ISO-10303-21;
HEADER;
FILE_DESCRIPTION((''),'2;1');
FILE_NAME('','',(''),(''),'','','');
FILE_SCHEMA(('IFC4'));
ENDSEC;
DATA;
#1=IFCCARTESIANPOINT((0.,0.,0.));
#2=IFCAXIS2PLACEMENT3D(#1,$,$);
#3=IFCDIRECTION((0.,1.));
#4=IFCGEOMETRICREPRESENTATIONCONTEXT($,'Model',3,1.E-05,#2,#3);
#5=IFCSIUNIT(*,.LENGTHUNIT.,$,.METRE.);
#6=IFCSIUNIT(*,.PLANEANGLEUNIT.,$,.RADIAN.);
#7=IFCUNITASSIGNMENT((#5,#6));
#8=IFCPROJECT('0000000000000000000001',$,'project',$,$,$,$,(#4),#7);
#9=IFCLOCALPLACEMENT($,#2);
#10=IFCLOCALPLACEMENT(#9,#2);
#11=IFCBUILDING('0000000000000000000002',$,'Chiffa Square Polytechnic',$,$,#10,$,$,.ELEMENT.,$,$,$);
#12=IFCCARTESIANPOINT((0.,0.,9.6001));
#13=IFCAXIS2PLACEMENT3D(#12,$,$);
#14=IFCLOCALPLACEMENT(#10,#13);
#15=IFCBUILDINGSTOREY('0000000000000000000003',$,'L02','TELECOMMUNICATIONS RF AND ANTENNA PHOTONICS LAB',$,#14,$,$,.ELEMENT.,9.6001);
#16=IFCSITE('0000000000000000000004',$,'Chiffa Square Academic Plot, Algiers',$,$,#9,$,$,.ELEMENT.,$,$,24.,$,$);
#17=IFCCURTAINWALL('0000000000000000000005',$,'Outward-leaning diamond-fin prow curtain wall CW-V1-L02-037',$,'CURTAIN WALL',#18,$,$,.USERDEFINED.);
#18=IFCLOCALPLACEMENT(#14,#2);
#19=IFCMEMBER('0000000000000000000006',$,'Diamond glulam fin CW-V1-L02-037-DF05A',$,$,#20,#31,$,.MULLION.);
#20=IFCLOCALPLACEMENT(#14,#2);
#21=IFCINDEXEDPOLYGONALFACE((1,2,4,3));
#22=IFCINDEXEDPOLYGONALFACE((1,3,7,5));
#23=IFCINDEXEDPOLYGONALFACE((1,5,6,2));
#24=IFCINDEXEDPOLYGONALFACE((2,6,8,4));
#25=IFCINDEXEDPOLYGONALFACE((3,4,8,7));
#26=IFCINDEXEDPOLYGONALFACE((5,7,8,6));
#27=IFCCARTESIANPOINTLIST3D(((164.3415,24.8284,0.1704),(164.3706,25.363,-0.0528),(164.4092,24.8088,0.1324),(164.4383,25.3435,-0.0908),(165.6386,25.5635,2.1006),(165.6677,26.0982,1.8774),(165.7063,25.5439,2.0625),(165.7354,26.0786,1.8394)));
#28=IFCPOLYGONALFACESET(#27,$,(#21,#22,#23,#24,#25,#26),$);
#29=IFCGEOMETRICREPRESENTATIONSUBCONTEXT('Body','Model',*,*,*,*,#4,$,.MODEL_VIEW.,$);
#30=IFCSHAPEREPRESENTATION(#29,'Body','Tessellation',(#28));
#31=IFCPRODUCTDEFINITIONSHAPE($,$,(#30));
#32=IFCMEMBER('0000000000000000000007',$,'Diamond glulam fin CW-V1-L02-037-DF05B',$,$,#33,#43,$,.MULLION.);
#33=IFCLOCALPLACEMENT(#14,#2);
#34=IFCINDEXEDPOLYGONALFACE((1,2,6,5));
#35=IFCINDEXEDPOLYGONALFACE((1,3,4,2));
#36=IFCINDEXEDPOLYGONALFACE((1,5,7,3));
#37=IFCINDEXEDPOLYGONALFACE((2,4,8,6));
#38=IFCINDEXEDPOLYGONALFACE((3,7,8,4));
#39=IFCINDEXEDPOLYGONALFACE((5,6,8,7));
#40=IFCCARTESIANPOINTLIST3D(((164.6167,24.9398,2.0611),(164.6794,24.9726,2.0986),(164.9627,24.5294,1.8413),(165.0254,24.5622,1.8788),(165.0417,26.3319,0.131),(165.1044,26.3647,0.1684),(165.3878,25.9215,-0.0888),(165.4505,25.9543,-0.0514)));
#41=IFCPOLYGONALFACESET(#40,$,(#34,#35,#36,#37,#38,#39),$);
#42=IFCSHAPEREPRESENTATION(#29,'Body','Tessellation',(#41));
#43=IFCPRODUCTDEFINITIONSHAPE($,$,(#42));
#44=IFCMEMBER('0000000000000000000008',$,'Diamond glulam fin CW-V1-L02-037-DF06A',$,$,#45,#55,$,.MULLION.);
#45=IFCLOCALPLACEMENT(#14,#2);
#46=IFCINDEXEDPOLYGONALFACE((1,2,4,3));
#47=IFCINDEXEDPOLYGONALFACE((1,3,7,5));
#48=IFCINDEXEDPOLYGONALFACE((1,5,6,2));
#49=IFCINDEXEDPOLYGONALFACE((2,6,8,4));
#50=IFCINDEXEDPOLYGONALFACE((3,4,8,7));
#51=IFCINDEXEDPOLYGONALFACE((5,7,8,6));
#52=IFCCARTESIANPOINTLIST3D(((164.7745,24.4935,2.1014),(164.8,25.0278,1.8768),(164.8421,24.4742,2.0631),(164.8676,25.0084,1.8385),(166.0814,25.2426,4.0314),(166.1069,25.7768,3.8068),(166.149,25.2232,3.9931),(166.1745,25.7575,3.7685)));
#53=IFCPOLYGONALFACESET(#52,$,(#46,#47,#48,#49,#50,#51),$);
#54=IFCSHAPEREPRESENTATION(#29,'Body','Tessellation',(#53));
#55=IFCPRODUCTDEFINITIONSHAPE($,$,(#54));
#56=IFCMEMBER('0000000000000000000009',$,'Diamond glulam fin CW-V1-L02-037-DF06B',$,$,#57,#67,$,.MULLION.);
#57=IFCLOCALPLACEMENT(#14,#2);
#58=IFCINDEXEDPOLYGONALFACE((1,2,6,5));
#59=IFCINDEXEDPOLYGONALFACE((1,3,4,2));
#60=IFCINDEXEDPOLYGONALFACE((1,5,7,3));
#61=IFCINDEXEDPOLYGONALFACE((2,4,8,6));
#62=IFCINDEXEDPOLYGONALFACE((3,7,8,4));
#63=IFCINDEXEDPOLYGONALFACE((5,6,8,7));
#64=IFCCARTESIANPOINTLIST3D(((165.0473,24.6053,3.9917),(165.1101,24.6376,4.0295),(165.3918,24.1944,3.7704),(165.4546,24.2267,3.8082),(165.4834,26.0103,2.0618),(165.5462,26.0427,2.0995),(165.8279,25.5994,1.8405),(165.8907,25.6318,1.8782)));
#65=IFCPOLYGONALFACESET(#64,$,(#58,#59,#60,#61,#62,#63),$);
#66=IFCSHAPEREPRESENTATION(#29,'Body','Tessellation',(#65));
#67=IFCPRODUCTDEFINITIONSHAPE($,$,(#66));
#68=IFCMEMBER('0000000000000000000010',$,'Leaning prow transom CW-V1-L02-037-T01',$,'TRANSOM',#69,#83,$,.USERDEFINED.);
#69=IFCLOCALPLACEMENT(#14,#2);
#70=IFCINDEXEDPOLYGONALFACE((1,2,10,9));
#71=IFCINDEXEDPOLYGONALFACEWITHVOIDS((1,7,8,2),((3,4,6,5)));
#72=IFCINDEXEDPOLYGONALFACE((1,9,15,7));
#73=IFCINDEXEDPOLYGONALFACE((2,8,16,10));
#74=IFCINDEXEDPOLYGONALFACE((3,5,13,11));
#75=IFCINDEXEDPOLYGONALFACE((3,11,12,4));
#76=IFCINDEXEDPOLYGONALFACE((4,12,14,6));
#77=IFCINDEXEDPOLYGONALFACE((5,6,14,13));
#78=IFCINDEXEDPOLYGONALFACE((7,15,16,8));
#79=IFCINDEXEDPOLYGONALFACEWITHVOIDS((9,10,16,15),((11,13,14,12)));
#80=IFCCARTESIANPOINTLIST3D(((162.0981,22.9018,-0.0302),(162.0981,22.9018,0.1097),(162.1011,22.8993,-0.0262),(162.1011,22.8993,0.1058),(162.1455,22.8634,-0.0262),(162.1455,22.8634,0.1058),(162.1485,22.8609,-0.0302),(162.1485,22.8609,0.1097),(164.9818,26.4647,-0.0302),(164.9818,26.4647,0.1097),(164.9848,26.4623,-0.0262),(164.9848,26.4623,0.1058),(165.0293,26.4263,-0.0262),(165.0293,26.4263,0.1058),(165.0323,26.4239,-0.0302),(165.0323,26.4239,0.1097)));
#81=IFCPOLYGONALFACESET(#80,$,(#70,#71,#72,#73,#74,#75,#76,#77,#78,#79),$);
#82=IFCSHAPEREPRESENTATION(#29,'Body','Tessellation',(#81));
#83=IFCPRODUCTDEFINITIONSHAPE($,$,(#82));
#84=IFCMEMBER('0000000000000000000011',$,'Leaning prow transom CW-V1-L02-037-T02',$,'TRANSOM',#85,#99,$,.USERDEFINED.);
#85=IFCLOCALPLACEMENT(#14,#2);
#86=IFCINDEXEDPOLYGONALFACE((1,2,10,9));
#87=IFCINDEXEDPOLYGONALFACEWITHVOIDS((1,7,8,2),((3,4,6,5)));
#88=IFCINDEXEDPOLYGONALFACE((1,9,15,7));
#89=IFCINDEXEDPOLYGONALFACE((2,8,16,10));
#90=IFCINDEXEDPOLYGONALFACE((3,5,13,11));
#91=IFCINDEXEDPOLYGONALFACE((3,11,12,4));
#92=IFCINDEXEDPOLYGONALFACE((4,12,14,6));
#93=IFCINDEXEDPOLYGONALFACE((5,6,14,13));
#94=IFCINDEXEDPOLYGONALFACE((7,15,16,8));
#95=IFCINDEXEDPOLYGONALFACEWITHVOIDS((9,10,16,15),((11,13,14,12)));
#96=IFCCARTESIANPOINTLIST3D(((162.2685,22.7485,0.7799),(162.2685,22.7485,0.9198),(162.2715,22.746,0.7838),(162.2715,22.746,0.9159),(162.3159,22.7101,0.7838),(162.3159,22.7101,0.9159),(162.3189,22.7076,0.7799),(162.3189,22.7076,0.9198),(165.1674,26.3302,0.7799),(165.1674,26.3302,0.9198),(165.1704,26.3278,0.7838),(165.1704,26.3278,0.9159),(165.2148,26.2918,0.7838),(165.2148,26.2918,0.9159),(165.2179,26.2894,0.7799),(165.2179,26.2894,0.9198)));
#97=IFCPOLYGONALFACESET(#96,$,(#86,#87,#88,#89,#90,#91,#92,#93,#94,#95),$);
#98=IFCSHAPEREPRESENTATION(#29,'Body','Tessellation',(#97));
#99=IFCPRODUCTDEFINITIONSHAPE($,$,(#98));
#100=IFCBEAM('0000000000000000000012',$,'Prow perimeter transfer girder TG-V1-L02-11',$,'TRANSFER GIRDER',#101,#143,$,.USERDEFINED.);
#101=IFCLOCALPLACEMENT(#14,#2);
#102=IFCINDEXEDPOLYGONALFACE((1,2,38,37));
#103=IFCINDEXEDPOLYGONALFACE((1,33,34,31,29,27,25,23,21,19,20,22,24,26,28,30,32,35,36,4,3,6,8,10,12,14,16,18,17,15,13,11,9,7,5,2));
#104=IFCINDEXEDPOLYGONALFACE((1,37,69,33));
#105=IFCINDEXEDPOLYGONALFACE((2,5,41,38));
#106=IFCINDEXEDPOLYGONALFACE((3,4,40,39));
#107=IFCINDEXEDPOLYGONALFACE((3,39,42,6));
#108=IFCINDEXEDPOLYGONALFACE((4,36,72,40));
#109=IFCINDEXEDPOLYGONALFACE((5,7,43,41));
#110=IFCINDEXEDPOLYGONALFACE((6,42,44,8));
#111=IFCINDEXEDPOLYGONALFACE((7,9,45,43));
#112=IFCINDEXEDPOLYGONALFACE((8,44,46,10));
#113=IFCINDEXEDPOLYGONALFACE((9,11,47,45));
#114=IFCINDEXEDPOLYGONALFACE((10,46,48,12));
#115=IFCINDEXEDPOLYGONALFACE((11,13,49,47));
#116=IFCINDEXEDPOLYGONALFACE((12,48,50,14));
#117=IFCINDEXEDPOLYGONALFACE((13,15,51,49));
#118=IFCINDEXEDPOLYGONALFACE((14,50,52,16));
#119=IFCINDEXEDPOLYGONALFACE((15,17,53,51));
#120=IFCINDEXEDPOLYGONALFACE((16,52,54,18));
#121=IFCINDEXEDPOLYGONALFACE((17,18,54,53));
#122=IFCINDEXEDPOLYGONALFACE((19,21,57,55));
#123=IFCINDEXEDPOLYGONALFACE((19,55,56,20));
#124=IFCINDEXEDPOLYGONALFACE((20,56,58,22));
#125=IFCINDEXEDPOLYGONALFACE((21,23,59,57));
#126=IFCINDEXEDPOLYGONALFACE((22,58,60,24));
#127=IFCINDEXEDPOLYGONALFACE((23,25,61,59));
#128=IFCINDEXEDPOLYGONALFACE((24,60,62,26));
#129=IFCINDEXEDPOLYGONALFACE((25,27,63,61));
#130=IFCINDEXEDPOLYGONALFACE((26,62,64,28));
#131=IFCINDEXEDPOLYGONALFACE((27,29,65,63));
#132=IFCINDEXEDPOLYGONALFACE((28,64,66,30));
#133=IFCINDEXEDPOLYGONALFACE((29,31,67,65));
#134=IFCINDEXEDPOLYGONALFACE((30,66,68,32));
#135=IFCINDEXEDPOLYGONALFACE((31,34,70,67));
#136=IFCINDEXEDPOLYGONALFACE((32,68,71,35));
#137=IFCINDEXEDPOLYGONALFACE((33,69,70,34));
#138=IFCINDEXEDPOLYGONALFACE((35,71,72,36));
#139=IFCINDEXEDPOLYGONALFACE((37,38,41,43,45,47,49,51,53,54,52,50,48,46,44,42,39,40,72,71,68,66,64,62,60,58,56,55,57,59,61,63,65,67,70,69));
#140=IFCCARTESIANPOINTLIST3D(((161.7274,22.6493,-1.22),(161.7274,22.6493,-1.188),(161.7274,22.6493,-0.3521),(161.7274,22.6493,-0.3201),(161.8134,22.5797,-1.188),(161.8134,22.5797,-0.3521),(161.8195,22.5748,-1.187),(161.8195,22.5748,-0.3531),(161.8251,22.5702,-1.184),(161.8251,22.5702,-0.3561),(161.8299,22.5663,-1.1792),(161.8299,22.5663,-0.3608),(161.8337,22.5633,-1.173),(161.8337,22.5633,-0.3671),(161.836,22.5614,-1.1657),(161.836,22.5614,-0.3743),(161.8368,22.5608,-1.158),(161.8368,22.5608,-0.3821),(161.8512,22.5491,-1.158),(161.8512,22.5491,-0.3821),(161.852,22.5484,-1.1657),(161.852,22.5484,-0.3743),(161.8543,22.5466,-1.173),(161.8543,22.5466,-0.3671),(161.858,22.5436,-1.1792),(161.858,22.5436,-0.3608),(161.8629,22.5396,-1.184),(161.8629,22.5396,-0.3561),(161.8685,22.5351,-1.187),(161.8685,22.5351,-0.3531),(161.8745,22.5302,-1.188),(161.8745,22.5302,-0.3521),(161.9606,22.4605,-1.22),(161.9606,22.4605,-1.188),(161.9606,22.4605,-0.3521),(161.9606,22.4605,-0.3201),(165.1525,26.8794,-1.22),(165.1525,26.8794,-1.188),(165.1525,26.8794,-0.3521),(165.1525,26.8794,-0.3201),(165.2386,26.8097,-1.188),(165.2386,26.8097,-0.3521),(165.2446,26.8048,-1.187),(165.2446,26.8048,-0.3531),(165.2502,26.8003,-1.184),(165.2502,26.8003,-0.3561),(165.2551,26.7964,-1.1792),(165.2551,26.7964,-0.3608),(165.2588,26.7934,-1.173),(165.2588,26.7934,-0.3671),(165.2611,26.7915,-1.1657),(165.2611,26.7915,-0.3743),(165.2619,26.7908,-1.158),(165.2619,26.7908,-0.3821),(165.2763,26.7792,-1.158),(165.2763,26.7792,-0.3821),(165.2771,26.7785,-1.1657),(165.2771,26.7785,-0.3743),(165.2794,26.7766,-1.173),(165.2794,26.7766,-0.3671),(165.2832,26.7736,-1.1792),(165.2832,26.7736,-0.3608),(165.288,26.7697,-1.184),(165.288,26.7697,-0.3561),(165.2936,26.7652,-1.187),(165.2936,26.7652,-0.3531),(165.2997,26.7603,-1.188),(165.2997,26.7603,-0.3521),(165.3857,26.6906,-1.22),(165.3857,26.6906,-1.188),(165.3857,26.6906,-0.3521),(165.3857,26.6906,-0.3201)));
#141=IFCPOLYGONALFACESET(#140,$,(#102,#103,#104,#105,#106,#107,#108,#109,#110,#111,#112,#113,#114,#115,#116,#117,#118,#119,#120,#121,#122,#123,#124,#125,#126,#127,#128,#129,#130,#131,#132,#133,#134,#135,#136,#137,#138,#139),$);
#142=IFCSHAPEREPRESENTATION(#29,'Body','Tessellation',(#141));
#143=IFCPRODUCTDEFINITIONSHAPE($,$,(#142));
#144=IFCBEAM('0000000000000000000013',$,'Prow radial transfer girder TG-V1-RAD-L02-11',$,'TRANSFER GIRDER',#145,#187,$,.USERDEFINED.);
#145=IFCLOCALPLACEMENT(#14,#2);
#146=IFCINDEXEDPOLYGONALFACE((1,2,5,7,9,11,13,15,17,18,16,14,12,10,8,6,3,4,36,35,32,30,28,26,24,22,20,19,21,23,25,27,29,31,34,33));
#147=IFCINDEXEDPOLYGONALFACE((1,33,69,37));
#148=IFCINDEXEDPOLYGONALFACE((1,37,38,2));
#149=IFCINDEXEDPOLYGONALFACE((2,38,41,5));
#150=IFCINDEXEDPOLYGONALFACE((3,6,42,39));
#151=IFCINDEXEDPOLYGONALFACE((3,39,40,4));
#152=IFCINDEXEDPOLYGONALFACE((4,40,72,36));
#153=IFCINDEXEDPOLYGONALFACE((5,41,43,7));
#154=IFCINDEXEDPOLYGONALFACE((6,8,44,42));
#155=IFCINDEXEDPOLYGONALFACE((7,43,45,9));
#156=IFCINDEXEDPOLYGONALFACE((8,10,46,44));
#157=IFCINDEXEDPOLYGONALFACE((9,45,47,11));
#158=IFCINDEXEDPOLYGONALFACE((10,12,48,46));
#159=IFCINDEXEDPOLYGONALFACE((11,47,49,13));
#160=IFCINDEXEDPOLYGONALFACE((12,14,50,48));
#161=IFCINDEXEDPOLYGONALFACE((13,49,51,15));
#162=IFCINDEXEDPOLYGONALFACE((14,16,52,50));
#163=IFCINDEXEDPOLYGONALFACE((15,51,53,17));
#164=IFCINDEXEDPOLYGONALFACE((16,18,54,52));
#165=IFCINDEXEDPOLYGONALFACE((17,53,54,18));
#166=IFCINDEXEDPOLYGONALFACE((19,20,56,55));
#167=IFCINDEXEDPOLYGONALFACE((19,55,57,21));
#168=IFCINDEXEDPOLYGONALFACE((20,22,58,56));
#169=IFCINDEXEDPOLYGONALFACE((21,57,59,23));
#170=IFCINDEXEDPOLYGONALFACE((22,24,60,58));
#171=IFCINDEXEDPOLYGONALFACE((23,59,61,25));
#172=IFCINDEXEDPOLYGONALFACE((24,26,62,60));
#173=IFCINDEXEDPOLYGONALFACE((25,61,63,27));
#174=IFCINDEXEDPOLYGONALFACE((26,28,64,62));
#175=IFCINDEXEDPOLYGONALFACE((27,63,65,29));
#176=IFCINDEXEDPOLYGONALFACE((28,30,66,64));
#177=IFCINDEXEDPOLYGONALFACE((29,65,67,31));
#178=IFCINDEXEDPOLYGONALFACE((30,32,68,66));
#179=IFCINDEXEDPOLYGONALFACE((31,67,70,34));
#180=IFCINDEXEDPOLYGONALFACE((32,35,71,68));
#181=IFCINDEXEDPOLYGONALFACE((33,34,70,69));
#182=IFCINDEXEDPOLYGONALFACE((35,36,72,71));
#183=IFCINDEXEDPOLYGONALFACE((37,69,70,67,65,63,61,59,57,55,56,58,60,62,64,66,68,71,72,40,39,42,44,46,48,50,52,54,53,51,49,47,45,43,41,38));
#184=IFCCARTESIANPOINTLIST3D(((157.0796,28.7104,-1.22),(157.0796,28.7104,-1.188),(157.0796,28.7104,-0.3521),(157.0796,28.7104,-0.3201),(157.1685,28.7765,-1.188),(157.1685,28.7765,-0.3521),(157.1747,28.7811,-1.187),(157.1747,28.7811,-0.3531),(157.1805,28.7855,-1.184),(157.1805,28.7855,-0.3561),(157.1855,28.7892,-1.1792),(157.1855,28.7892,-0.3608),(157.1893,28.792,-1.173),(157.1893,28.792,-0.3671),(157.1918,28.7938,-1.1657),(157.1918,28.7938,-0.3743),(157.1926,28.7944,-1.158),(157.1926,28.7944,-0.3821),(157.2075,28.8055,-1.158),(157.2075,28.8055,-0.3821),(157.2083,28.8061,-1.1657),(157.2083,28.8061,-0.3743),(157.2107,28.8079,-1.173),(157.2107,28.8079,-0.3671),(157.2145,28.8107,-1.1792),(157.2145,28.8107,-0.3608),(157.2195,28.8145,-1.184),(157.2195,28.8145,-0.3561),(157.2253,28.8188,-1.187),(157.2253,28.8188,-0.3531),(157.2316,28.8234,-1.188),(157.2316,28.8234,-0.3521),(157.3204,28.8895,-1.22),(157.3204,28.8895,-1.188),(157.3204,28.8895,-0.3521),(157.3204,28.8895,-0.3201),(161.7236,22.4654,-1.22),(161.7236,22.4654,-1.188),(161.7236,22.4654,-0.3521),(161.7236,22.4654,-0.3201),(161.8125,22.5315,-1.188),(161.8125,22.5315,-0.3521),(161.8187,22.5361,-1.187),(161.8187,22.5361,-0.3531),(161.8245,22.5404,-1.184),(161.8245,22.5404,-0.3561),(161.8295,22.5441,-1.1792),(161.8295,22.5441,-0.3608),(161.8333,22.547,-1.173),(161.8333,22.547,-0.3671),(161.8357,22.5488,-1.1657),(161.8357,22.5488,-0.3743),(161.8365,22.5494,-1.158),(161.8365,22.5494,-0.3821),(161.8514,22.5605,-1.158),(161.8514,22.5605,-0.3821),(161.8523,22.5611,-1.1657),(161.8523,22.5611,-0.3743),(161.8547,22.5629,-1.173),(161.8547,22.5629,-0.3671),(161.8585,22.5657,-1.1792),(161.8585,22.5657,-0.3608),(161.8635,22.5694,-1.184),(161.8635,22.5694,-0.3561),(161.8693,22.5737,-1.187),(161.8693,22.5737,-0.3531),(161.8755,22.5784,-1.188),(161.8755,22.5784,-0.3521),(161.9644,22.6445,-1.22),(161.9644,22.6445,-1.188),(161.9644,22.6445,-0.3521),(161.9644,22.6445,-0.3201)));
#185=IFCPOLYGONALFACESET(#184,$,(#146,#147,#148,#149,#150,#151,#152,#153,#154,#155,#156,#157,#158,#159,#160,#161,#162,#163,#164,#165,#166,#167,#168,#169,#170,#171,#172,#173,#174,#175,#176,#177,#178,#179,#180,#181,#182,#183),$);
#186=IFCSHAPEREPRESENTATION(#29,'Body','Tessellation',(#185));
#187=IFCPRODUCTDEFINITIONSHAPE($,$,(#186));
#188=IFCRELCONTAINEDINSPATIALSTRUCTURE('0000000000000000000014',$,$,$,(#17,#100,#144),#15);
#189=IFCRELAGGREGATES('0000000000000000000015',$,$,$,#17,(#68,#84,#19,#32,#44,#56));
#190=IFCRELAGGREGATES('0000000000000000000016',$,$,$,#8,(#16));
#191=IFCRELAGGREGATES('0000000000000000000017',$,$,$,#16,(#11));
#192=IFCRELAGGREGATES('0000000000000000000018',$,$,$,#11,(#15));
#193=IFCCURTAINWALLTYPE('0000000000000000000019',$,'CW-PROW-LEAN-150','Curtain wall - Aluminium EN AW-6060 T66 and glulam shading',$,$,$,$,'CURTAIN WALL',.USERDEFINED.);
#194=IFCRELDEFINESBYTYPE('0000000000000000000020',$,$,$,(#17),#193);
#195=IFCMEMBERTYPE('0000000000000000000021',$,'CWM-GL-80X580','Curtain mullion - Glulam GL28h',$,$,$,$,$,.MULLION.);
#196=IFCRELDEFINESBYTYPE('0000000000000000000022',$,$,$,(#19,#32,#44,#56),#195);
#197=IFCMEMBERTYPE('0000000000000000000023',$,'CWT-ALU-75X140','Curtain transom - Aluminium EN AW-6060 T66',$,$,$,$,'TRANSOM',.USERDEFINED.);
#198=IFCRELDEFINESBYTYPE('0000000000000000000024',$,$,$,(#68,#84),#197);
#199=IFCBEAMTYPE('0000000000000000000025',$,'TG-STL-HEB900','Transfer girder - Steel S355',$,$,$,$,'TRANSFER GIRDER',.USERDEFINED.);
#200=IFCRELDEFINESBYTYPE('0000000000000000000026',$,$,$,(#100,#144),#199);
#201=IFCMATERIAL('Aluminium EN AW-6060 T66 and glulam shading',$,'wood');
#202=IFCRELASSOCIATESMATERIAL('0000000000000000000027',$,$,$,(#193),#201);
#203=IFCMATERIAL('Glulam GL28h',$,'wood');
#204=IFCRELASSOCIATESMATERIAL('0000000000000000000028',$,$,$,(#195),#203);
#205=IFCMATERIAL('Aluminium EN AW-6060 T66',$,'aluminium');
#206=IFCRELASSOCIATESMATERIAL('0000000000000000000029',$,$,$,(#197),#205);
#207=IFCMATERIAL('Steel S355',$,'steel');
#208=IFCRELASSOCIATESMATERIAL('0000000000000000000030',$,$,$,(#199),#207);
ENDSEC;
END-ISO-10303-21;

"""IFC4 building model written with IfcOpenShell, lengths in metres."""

from ifc_helpers import new_model, si_unit, direction, frame, origin, origin_2d, place, context, subcontext, project, spatial, rectangle, hollow_rectangle, i_section, extrude, material, material_profile, profile_set, type_object, element, aggregate, save


model = new_model("IFC4")

# Units and contexts
model_context = context("Model", 3, precision=1e-05, world=origin(), true_north=direction((0.0, 1.0)))
body_context = subcontext(model_context, "Body", "Model", "MODEL_VIEW")
ifc_project = project(units=[si_unit("LENGTHUNIT", "METRE"), si_unit("PLANEANGLEUNIT", "RADIAN")], contexts=[model_context])

# Site, building, storey
site_placement = place(None, origin())
site = spatial("IfcSite", under=ifc_project, at=site_placement, Name="Chiffa Square Academic Plot, Algiers", CompositionType="ELEMENT", RefElevation=24.0)
building_placement = place(site_placement, origin())
building = spatial("IfcBuilding", under=site, at=building_placement, Name="Chiffa Square Polytechnic", CompositionType="ELEMENT")
storey_placement = place(building_placement, frame((0.0, 0.0, 9.6001)))
storey = spatial("IfcBuildingStorey", under=building, at=storey_placement, Name="L02", Description="TELECOMMUNICATIONS RF AND ANTENNA PHOTONICS LAB", CompositionType="ELEMENT", Elevation=9.6001)

# Shared definitions
ifc_material_1 = material(Name="Aluminium EN AW-6060 T66 and glulam shading", Category="wood")
ifc_material_2 = material(Name="Aluminium EN AW-6060 T66", Category="aluminium")

# Curtain wall, members
curtain_wall_type_1 = type_object("IfcCurtainWallType", Name="CW-PROW-LEAN-150", Description="Curtain wall - Aluminium EN AW-6060 T66 and glulam shading", ElementType="CURTAIN WALL", PredefinedType="USERDEFINED", material=ifc_material_1)
curtain_wall_1_placement = place(storey_placement, origin())
curtain_wall_1 = element("IfcCurtainWall", 1, at=curtain_wall_1_placement, inside=storey, type_object=curtain_wall_type_1, Name="Outward-leaning diamond-fin prow curtain wall CW-V1-L02-037", ObjectType="CURTAIN WALL", PredefinedType="USERDEFINED")
ifc_material_3 = material(Name="Glulam GL28h", Category="wood")
ifc_material_profile_1 = material_profile(ifc_material_3, rectangle(XDim=0.0801, YDim=0.5801, at=origin_2d()), Name="GL28h 80x580")
ifc_profile_set_1 = profile_set([ifc_material_profile_1], Name="Glulam GL28h")
member_type_1 = type_object("IfcMemberType", Name="CWM-GL-80X580", Description="Curtain mullion - Glulam GL28h", PredefinedType="MULLION", material=ifc_profile_set_1)
member_1_placement = place(storey_placement, frame((164.3899, 25.0859, 0.0398), z_axis=(0.531835, 0.301403, 0.791396), x_axis=(-0.845363, 0.244269, 0.475072)))
member_1 = element("IfcMember", 2, at=member_1_placement, type_object=member_type_1, Name="Diamond glulam fin CW-V1-L02-037-DF05A", PredefinedType="MULLION", context=body_context, shape_type="SweptSolid", body=[
    extrude(rectangle(XDim=0.0801, YDim=0.5801, at=origin_2d()), origin(), (0.0, 0.0, 1.0), 2.439),
])
member_2_placement = place(storey_placement, frame((165.2461, 26.1431, 0.0398), z_axis=(-0.175824, -0.575846, 0.798428), x_axis=(0.783088, 0.409673, 0.467912)))
member_2 = element("IfcMember", 3, at=member_2_placement, type_object=member_type_1, Name="Diamond glulam fin CW-V1-L02-037-DF05B", PredefinedType="MULLION", context=body_context, shape_type="SweptSolid", body=[
    extrude(rectangle(XDim=0.0801, YDim=0.5801, at=origin_2d()), origin(), (0.0, 0.0, 1.0), 2.4175),
])
member_3_placement = place(storey_placement, frame((164.821, 24.751, 1.97), z_axis=(0.533817, 0.30595, 0.788311), x_axis=(-0.844455, 0.241366, 0.478161)))
member_3 = element("IfcMember", 4, at=member_3_placement, type_object=member_type_1, Name="Diamond glulam fin CW-V1-L02-037-DF06A", PredefinedType="MULLION", context=body_context, shape_type="SweptSolid", body=[
    extrude(rectangle(XDim=0.0801, YDim=0.5801, at=origin_2d()), origin(), (0.0, 0.0, 1.0), 2.4482),
])
member_4_placement = place(storey_placement, frame((165.687, 25.821, 1.97), z_axis=(-0.179682, -0.578988, 0.795291), x_axis=(0.784231, 0.403758, 0.471128)))
member_4 = element("IfcMember", 5, at=member_4_placement, type_object=member_type_1, Name="Diamond glulam fin CW-V1-L02-037-DF06B", PredefinedType="MULLION", context=body_context, shape_type="SweptSolid", body=[
    extrude(rectangle(XDim=0.0801, YDim=0.5801, at=origin_2d()), origin(), (0.0, 0.0, 1.0), 2.4268),
])
ifc_material_profile_2 = material_profile(ifc_material_2, hollow_rectangle(XDim=0.0649, YDim=0.1399, WallThickness=0.0039, at=origin_2d()), Name="ALU 65x140x4")
ifc_profile_set_2 = profile_set([ifc_material_profile_2], Name="Aluminium EN AW-6060 T66")
member_type_2 = type_object("IfcMemberType", Name="CWT-ALU-75X140", Description="Curtain transom - Aluminium EN AW-6060 T66", ElementType="TRANSOM", PredefinedType="USERDEFINED", material=ifc_profile_set_2)
member_5_placement = place(storey_placement, frame((162.1233, 22.8813, 0.0398), z_axis=(0.629128, 0.777302, 0.0), x_axis=(-0.777302, 0.629128, 0.0)))
member_5 = element("IfcMember", 6, at=member_5_placement, type_object=member_type_2, Name="Leaning prow transom CW-V1-L02-037-T01", ObjectType="TRANSOM", PredefinedType="USERDEFINED", context=body_context, shape_type="SweptSolid", body=[
    extrude(hollow_rectangle(XDim=0.0649, YDim=0.1399, WallThickness=0.0039, at=origin_2d()), origin(), (0.0, 0.0, 1.0), 4.5837),
])
member_6_placement = place(storey_placement, frame((162.2937, 22.728, 0.8499), z_axis=(0.629117, 0.77731, 0.0), x_axis=(-0.77731, 0.629117, 0.0)))
member_6 = element("IfcMember", 7, at=member_6_placement, type_object=member_type_2, Name="Leaning prow transom CW-V1-L02-037-T02", ObjectType="TRANSOM", PredefinedType="USERDEFINED", context=body_context, shape_type="SweptSolid", body=[
    extrude(hollow_rectangle(XDim=0.0649, YDim=0.1399, WallThickness=0.0039, at=origin_2d()), origin(), (0.0, 0.0, 1.0), 4.6079),
])

# Beams
ifc_material_4 = material(Name="Steel S355", Category="steel")
ifc_material_profile_3 = material_profile(ifc_material_4, i_section(OverallWidth=0.3, OverallDepth=0.8999, WebThickness=0.0186, FlangeThickness=0.032, FilletRadius=0.03, at=origin_2d()), Name="HEB 900")
ifc_profile_set_3 = profile_set([ifc_material_profile_3], Name="Steel S355")
beam_type = type_object("IfcBeamType", Name="TG-STL-HEB900", Description="Transfer girder - Steel S355", ElementType="TRANSFER GIRDER", PredefinedType="USERDEFINED", material=ifc_profile_set_3)
beam_1_placement = place(storey_placement, frame((161.844, 22.5549, -0.77), z_axis=(0.629285, 0.777175, 0.0), x_axis=(-0.777175, 0.629285, 0.0)))
element("IfcBeam", 8, at=beam_1_placement, inside=storey, type_object=beam_type, Name="Prow perimeter transfer girder TG-V1-L02-11", ObjectType="TRANSFER GIRDER", PredefinedType="USERDEFINED", context=body_context, shape_type="SweptSolid", body=[
    extrude(i_section(OverallWidth=0.3, OverallDepth=0.8999, WebThickness=0.0186, FlangeThickness=0.032, FilletRadius=0.03, at=origin_2d()), origin(), (0.0, 0.0, 1.0), 5.4429),
])
beam_2_placement = place(storey_placement, frame((161.844, 22.5549, -0.77), z_axis=(-0.596722, 0.802448, 0.0), x_axis=(-0.802448, -0.596722, 0.0)))
element("IfcBeam", 9, at=beam_2_placement, inside=storey, type_object=beam_type, Name="Prow radial transfer girder TG-V1-RAD-L02-11", ObjectType="TRANSFER GIRDER", PredefinedType="USERDEFINED", context=body_context, shape_type="SweptSolid", body=[
    extrude(i_section(OverallWidth=0.3, OverallDepth=0.8999, WebThickness=0.0186, FlangeThickness=0.032, FilletRadius=0.03, at=origin_2d()), origin(), (0.0, 0.0, 1.0), 7.7825),
])

aggregate(curtain_wall_1, [member_5, member_6, member_1, member_2, member_3, member_4])

save(model, "model.ifc")
